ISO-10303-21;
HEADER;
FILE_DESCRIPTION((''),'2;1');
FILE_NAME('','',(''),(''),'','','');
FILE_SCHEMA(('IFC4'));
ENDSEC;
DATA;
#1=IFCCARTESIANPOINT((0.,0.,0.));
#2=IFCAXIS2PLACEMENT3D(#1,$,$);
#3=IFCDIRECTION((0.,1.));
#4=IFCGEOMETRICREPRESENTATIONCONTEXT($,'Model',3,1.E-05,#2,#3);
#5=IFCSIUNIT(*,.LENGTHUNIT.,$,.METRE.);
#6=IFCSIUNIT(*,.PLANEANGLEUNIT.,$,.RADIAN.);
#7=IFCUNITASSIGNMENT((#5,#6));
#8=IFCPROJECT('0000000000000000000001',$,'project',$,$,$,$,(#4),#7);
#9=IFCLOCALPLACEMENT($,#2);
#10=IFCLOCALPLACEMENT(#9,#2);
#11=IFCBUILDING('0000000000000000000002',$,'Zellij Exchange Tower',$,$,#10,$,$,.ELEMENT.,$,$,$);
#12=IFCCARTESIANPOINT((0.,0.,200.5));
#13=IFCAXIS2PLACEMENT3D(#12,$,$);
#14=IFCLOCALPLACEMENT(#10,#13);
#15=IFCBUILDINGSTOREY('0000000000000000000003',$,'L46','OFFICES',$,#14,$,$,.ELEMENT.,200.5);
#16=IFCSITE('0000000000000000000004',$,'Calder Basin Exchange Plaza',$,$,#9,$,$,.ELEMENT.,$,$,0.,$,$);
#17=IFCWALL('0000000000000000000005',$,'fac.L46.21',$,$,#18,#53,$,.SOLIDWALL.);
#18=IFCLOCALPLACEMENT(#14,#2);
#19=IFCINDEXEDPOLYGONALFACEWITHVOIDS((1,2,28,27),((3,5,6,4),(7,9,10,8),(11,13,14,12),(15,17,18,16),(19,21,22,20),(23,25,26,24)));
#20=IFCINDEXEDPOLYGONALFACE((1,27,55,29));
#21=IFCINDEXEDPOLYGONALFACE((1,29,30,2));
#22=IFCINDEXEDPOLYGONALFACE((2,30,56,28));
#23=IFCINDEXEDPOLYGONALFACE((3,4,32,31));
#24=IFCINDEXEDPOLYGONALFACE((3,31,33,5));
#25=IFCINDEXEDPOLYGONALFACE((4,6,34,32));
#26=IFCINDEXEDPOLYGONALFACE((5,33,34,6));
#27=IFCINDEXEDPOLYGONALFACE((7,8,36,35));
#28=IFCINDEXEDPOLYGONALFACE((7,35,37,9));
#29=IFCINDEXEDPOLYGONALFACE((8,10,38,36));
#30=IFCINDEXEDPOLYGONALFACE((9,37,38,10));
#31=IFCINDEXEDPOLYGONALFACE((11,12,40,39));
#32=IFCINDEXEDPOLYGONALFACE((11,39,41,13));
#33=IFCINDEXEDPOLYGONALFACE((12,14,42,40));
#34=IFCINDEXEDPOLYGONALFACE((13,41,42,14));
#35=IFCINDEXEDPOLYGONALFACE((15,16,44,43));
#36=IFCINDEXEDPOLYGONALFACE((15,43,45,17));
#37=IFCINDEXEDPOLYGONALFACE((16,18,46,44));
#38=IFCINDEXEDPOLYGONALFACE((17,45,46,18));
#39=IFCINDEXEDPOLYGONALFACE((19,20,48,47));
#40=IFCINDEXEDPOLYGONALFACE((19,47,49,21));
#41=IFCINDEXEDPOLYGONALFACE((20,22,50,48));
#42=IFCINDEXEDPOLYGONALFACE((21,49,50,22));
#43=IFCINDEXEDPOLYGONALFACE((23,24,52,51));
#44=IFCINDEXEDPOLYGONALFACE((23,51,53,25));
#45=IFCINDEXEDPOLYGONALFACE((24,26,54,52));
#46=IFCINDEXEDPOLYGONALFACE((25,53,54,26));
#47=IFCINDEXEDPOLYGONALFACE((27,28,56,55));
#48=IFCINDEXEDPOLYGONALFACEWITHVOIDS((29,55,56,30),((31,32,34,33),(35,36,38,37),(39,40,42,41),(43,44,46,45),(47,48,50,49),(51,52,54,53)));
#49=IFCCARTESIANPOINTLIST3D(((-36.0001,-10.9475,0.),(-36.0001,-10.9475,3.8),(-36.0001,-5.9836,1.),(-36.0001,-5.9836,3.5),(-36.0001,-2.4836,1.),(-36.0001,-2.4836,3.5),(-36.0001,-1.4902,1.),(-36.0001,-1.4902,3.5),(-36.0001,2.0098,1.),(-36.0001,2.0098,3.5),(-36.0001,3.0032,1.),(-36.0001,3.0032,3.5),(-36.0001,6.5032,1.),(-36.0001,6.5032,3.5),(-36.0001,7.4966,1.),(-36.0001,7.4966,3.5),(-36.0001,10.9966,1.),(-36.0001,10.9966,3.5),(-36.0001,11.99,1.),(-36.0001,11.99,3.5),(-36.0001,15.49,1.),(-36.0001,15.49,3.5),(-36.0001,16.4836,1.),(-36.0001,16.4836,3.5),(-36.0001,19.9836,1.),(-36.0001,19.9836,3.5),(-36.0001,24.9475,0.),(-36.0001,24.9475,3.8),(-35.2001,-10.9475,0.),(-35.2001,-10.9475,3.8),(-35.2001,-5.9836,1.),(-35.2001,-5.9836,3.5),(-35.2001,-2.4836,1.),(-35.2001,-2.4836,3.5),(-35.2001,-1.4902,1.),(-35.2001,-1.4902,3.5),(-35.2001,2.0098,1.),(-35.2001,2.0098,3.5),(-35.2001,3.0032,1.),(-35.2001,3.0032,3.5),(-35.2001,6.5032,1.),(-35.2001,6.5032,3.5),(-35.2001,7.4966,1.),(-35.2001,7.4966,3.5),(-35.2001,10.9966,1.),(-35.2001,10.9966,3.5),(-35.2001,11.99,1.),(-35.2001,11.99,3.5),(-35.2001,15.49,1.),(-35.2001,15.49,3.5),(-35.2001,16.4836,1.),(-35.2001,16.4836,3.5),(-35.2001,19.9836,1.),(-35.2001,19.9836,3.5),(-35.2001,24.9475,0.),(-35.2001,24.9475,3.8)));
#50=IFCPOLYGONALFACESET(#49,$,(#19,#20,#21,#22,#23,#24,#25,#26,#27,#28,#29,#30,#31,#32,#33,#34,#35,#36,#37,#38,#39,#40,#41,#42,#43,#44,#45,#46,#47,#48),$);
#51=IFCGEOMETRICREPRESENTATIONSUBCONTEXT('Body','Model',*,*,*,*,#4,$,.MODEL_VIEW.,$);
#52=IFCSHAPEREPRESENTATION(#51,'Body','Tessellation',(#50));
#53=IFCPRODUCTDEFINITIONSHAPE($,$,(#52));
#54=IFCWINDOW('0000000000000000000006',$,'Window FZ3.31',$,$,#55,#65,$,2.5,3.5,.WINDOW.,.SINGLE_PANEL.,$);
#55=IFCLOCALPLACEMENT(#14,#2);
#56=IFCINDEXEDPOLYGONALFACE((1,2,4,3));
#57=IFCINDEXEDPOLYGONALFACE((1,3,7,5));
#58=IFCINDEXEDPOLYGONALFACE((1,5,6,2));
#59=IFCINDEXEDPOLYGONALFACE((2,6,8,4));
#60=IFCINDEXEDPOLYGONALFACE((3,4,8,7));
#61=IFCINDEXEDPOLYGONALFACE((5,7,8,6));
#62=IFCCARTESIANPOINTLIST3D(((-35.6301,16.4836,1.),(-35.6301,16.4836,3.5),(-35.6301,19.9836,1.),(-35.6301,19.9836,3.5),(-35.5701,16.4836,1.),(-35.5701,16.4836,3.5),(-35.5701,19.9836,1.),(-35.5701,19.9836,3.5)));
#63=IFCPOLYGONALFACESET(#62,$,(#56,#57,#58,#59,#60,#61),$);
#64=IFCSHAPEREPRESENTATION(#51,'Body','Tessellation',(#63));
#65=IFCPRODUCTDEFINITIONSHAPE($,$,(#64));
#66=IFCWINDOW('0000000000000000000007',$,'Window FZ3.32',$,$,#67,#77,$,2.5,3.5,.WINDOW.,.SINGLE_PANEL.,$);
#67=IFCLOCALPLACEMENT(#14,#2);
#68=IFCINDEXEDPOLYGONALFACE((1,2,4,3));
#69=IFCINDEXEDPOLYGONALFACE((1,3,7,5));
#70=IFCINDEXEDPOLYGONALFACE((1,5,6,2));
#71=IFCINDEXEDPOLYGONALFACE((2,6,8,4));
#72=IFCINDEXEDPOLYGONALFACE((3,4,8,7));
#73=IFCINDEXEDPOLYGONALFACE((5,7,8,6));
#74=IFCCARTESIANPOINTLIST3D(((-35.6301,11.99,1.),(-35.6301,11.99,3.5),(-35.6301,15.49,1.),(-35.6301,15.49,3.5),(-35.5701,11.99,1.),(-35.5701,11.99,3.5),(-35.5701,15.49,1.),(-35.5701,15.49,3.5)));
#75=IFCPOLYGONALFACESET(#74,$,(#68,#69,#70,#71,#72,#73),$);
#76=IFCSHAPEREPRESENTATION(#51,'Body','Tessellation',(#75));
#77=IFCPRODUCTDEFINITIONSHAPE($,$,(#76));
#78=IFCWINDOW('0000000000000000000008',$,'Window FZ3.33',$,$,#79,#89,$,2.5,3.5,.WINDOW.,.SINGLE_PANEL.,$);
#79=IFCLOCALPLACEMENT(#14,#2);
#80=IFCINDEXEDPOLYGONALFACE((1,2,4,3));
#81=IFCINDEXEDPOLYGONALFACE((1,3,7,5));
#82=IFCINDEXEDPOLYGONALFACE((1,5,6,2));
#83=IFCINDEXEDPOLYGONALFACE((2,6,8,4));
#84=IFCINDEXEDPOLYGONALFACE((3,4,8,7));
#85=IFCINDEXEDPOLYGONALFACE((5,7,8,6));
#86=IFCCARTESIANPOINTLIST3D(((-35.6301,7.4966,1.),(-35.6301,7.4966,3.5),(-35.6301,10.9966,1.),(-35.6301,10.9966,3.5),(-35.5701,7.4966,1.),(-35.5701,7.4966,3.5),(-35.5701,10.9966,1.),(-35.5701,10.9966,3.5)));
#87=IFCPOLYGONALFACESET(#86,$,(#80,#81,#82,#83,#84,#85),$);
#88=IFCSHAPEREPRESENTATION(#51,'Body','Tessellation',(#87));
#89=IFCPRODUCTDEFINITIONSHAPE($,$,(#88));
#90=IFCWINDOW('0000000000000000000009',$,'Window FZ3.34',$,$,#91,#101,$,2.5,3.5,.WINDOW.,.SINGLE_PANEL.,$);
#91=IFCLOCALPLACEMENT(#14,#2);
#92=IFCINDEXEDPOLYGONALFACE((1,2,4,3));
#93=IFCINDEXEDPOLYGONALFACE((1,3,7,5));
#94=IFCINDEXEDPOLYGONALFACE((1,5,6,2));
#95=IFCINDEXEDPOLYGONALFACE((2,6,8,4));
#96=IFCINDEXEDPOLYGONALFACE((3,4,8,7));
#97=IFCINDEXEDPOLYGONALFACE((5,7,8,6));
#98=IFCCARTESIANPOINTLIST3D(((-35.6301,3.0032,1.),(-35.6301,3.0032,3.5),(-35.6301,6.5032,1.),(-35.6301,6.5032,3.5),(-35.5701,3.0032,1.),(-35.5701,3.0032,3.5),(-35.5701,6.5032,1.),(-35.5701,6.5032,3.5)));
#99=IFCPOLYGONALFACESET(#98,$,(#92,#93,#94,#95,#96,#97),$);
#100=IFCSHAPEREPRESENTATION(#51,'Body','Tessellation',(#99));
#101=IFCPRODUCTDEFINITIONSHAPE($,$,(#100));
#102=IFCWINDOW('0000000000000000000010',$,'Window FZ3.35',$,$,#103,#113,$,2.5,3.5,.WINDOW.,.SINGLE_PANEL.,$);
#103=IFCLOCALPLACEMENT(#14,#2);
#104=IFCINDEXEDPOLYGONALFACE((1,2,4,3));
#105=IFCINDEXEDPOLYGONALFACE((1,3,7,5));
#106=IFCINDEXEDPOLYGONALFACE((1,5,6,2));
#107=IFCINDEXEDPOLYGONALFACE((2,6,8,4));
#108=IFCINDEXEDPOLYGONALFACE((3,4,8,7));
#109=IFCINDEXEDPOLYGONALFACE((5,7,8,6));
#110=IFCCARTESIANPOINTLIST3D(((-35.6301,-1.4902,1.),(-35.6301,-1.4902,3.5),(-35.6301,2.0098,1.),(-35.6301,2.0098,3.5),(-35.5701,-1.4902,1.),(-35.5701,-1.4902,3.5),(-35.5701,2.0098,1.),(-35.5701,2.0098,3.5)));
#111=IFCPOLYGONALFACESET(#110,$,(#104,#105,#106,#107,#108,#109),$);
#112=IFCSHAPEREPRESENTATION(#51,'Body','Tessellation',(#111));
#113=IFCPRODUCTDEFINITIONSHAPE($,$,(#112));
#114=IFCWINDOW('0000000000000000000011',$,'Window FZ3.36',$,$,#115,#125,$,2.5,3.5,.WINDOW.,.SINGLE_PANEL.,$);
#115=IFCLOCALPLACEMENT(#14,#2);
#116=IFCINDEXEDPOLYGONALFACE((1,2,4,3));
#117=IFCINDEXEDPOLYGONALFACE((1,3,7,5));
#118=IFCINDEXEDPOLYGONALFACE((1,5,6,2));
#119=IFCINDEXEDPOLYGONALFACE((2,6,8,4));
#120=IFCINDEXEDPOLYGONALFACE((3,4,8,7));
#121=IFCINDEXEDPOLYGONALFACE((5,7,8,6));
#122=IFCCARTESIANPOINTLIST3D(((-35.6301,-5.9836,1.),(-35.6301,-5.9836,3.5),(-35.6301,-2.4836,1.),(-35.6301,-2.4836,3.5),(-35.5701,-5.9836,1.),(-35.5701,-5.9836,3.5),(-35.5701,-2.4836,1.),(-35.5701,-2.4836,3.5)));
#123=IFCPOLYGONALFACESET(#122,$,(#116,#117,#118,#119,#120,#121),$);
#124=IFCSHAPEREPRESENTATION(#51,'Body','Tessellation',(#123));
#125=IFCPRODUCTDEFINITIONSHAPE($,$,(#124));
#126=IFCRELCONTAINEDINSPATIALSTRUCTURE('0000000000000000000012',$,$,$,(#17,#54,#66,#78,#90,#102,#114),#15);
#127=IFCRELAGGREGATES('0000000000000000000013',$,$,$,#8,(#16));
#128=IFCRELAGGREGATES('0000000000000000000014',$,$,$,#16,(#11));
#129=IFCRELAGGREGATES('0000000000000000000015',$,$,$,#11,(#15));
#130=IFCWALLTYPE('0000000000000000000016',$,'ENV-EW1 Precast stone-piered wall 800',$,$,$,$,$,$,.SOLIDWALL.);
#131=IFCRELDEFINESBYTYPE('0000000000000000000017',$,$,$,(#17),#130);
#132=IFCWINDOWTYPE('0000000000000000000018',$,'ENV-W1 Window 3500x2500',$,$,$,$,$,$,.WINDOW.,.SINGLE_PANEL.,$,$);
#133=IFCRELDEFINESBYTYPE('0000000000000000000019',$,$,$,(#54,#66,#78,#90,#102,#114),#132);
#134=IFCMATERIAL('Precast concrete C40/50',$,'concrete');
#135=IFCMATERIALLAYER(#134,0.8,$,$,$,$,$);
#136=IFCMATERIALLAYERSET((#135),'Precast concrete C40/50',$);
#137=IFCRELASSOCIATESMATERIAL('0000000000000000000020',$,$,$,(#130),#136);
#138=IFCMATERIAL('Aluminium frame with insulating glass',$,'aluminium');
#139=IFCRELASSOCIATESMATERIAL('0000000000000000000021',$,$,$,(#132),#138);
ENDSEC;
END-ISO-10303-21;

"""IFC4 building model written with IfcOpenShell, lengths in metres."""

from ifc_helpers import new_model, si_unit, direction, frame, frame_2d, origin, place, context, subcontext, project, spatial, rectangle, extrude, material, layer, layer_set, type_object, element, fill, save


model = new_model("IFC4")

# Units and contexts
model_context = context("Model", 3, precision=1e-05, world=origin(), true_north=direction((0.0, 1.0)))
body_context = subcontext(model_context, "Body", "Model", "MODEL_VIEW")
ifc_project = project(units=[si_unit("LENGTHUNIT", "METRE"), si_unit("PLANEANGLEUNIT", "RADIAN")], contexts=[model_context])

# Site, building, storey
site_placement = place(None, origin())
site = spatial("IfcSite", under=ifc_project, at=site_placement, Name="Calder Basin Exchange Plaza", CompositionType="ELEMENT", RefElevation=0.0)
building_placement = place(site_placement, origin())
building = spatial("IfcBuilding", under=site, at=building_placement, Name="Zellij Exchange Tower", CompositionType="ELEMENT")
storey_placement = place(building_placement, frame((0.0, 0.0, 200.5)))
storey = spatial("IfcBuildingStorey", under=building, at=storey_placement, Name="L46", Description="OFFICES", CompositionType="ELEMENT", Elevation=200.5)

# Shared definitions
ifc_material_1 = material(Name="Precast concrete C40/50", Category="concrete")
ifc_layer = layer(ifc_material_1, 0.8)
ifc_layer_set = layer_set([ifc_layer], Name="Precast concrete C40/50")
wall_type = type_object("IfcWallType", Name="ENV-EW1 Precast stone-piered wall 800", PredefinedType="SOLIDWALL", material=ifc_layer_set)

# Wall, openings, windows
wall_1_placement = place(storey_placement, frame((-35.6001, 24.9475, 0.0), z_axis=(0.0, 0.0, 1.0), x_axis=(0.0, -1.0, 0.0)))
wall_1 = element("IfcWall", 1, at=wall_1_placement, inside=storey, type_object=wall_type, Name="fac.L46.21", PredefinedType="SOLIDWALL", context=body_context, shape_type="SweptSolid", body=[
    extrude(rectangle(XDim=35.895, YDim=0.8, at=frame_2d((17.9475, 0.0))), origin(), (0.0, 0.0, 1.0), 3.8),
])
opening_1_placement = place(wall_1_placement, frame((4.9639, 0.0, 1.0)))
opening_1 = element("IfcOpeningElement", 2, at=opening_1_placement, cuts=wall_1, PredefinedType="OPENING", context=body_context, shape_type="SweptSolid", body=[
    extrude(rectangle(XDim=3.5, YDim=2.5, at=frame_2d((1.75, 1.25))), frame((0.0, 0.4121, 0.0), z_axis=(0.0, -1.0, 0.0), x_axis=(1.0, 0.0, 0.0)), (0.0, 0.0, 1.0), 0.824),
])
opening_2_placement = place(wall_1_placement, frame((9.4575, 0.0, 1.0)))
opening_2 = element("IfcOpeningElement", 3, at=opening_2_placement, cuts=wall_1, PredefinedType="OPENING", context=body_context, shape_type="SweptSolid", body=[
    extrude(rectangle(XDim=3.5, YDim=2.5, at=frame_2d((1.75, 1.25))), frame((0.0, 0.4121, 0.0), z_axis=(0.0, -1.0, 0.0), x_axis=(1.0, 0.0, 0.0)), (0.0, 0.0, 1.0), 0.824),
])
opening_3_placement = place(wall_1_placement, frame((13.9509, 0.0, 1.0)))
opening_3 = element("IfcOpeningElement", 4, at=opening_3_placement, cuts=wall_1, PredefinedType="OPENING", context=body_context, shape_type="SweptSolid", body=[
    extrude(rectangle(XDim=3.5, YDim=2.5, at=frame_2d((1.75, 1.25))), frame((0.0, 0.4121, 0.0), z_axis=(0.0, -1.0, 0.0), x_axis=(1.0, 0.0, 0.0)), (0.0, 0.0, 1.0), 0.824),
])
opening_4_placement = place(wall_1_placement, frame((18.4443, 0.0, 1.0)))
opening_4 = element("IfcOpeningElement", 5, at=opening_4_placement, cuts=wall_1, PredefinedType="OPENING", context=body_context, shape_type="SweptSolid", body=[
    extrude(rectangle(XDim=3.5, YDim=2.5, at=frame_2d((1.75, 1.25))), frame((0.0, 0.4121, 0.0), z_axis=(0.0, -1.0, 0.0), x_axis=(1.0, 0.0, 0.0)), (0.0, 0.0, 1.0), 0.824),
])
opening_5_placement = place(wall_1_placement, frame((22.9377, 0.0, 1.0)))
opening_5 = element("IfcOpeningElement", 6, at=opening_5_placement, cuts=wall_1, PredefinedType="OPENING", context=body_context, shape_type="SweptSolid", body=[
    extrude(rectangle(XDim=3.5, YDim=2.5, at=frame_2d((1.75, 1.25))), frame((0.0, 0.4121, 0.0), z_axis=(0.0, -1.0, 0.0), x_axis=(1.0, 0.0, 0.0)), (0.0, 0.0, 1.0), 0.824),
])
opening_6_placement = place(wall_1_placement, frame((27.4312, 0.0, 1.0)))
opening_6 = element("IfcOpeningElement", 7, at=opening_6_placement, cuts=wall_1, PredefinedType="OPENING", context=body_context, shape_type="SweptSolid", body=[
    extrude(rectangle(XDim=3.5, YDim=2.5, at=frame_2d((1.75, 1.25))), frame((0.0, 0.4121, 0.0), z_axis=(0.0, -1.0, 0.0), x_axis=(1.0, 0.0, 0.0)), (0.0, 0.0, 1.0), 0.824),
])
ifc_material_2 = material(Name="Aluminium frame with insulating glass", Category="aluminium")
window_type = type_object("IfcWindowType", Name="ENV-W1 Window 3500x2500", PartitioningType="SINGLE_PANEL", PredefinedType="WINDOW", material=ifc_material_2)
window_1_placement = place(opening_1_placement, origin())
window_1 = element("IfcWindow", 8, at=window_1_placement, inside=storey, type_object=window_type, Name="Window FZ3.31", OverallHeight=2.5, OverallWidth=3.5, PartitioningType="SINGLE_PANEL", PredefinedType="WINDOW", context=body_context, shape_type="SweptSolid", body=[
    extrude(rectangle(XDim=3.5, YDim=2.5, at=frame_2d((1.75, 1.25))), frame((0.0, 0.03, 0.0), z_axis=(0.0, -1.0, 0.0), x_axis=(1.0, 0.0, 0.0)), (0.0, 0.0, 1.0), 0.0601),
])
fill(opening_1, window_1)
window_2_placement = place(opening_2_placement, origin())
window_2 = element("IfcWindow", 9, at=window_2_placement, inside=storey, type_object=window_type, Name="Window FZ3.32", OverallHeight=2.5, OverallWidth=3.5, PartitioningType="SINGLE_PANEL", PredefinedType="WINDOW", context=body_context, shape_type="SweptSolid", body=[
    extrude(rectangle(XDim=3.5, YDim=2.5, at=frame_2d((1.75, 1.25))), frame((0.0, 0.03, 0.0), z_axis=(0.0, -1.0, 0.0), x_axis=(1.0, 0.0, 0.0)), (0.0, 0.0, 1.0), 0.0601),
])
fill(opening_2, window_2)
window_3_placement = place(opening_3_placement, origin())
window_3 = element("IfcWindow", 10, at=window_3_placement, inside=storey, type_object=window_type, Name="Window FZ3.33", OverallHeight=2.5, OverallWidth=3.5, PartitioningType="SINGLE_PANEL", PredefinedType="WINDOW", context=body_context, shape_type="SweptSolid", body=[
    extrude(rectangle(XDim=3.5, YDim=2.5, at=frame_2d((1.75, 1.25))), frame((0.0, 0.03, 0.0), z_axis=(0.0, -1.0, 0.0), x_axis=(1.0, 0.0, 0.0)), (0.0, 0.0, 1.0), 0.0601),
])
fill(opening_3, window_3)
window_4_placement = place(opening_4_placement, origin())
window_4 = element("IfcWindow", 11, at=window_4_placement, inside=storey, type_object=window_type, Name="Window FZ3.34", OverallHeight=2.5, OverallWidth=3.5, PartitioningType="SINGLE_PANEL", PredefinedType="WINDOW", context=body_context, shape_type="SweptSolid", body=[
    extrude(rectangle(XDim=3.5, YDim=2.5, at=frame_2d((1.75, 1.25))), frame((0.0, 0.03, 0.0), z_axis=(0.0, -1.0, 0.0), x_axis=(1.0, 0.0, 0.0)), (0.0, 0.0, 1.0), 0.0601),
])
fill(opening_4, window_4)
window_5_placement = place(opening_5_placement, origin())
window_5 = element("IfcWindow", 12, at=window_5_placement, inside=storey, type_object=window_type, Name="Window FZ3.35", OverallHeight=2.5, OverallWidth=3.5, PartitioningType="SINGLE_PANEL", PredefinedType="WINDOW", context=body_context, shape_type="SweptSolid", body=[
    extrude(rectangle(XDim=3.5, YDim=2.5, at=frame_2d((1.75, 1.25))), frame((0.0, 0.03, 0.0), z_axis=(0.0, -1.0, 0.0), x_axis=(1.0, 0.0, 0.0)), (0.0, 0.0, 1.0), 0.0601),
])
fill(opening_5, window_5)
window_6_placement = place(opening_6_placement, origin())
window_6 = element("IfcWindow", 13, at=window_6_placement, inside=storey, type_object=window_type, Name="Window FZ3.36", OverallHeight=2.5, OverallWidth=3.5, PartitioningType="SINGLE_PANEL", PredefinedType="WINDOW", context=body_context, shape_type="SweptSolid", body=[
    extrude(rectangle(XDim=3.5, YDim=2.5, at=frame_2d((1.75, 1.25))), frame((0.0, 0.03, 0.0), z_axis=(0.0, -1.0, 0.0), x_axis=(1.0, 0.0, 0.0)), (0.0, 0.0, 1.0), 0.0601),
])
fill(opening_6, window_6)

save(model, "model.ifc")
